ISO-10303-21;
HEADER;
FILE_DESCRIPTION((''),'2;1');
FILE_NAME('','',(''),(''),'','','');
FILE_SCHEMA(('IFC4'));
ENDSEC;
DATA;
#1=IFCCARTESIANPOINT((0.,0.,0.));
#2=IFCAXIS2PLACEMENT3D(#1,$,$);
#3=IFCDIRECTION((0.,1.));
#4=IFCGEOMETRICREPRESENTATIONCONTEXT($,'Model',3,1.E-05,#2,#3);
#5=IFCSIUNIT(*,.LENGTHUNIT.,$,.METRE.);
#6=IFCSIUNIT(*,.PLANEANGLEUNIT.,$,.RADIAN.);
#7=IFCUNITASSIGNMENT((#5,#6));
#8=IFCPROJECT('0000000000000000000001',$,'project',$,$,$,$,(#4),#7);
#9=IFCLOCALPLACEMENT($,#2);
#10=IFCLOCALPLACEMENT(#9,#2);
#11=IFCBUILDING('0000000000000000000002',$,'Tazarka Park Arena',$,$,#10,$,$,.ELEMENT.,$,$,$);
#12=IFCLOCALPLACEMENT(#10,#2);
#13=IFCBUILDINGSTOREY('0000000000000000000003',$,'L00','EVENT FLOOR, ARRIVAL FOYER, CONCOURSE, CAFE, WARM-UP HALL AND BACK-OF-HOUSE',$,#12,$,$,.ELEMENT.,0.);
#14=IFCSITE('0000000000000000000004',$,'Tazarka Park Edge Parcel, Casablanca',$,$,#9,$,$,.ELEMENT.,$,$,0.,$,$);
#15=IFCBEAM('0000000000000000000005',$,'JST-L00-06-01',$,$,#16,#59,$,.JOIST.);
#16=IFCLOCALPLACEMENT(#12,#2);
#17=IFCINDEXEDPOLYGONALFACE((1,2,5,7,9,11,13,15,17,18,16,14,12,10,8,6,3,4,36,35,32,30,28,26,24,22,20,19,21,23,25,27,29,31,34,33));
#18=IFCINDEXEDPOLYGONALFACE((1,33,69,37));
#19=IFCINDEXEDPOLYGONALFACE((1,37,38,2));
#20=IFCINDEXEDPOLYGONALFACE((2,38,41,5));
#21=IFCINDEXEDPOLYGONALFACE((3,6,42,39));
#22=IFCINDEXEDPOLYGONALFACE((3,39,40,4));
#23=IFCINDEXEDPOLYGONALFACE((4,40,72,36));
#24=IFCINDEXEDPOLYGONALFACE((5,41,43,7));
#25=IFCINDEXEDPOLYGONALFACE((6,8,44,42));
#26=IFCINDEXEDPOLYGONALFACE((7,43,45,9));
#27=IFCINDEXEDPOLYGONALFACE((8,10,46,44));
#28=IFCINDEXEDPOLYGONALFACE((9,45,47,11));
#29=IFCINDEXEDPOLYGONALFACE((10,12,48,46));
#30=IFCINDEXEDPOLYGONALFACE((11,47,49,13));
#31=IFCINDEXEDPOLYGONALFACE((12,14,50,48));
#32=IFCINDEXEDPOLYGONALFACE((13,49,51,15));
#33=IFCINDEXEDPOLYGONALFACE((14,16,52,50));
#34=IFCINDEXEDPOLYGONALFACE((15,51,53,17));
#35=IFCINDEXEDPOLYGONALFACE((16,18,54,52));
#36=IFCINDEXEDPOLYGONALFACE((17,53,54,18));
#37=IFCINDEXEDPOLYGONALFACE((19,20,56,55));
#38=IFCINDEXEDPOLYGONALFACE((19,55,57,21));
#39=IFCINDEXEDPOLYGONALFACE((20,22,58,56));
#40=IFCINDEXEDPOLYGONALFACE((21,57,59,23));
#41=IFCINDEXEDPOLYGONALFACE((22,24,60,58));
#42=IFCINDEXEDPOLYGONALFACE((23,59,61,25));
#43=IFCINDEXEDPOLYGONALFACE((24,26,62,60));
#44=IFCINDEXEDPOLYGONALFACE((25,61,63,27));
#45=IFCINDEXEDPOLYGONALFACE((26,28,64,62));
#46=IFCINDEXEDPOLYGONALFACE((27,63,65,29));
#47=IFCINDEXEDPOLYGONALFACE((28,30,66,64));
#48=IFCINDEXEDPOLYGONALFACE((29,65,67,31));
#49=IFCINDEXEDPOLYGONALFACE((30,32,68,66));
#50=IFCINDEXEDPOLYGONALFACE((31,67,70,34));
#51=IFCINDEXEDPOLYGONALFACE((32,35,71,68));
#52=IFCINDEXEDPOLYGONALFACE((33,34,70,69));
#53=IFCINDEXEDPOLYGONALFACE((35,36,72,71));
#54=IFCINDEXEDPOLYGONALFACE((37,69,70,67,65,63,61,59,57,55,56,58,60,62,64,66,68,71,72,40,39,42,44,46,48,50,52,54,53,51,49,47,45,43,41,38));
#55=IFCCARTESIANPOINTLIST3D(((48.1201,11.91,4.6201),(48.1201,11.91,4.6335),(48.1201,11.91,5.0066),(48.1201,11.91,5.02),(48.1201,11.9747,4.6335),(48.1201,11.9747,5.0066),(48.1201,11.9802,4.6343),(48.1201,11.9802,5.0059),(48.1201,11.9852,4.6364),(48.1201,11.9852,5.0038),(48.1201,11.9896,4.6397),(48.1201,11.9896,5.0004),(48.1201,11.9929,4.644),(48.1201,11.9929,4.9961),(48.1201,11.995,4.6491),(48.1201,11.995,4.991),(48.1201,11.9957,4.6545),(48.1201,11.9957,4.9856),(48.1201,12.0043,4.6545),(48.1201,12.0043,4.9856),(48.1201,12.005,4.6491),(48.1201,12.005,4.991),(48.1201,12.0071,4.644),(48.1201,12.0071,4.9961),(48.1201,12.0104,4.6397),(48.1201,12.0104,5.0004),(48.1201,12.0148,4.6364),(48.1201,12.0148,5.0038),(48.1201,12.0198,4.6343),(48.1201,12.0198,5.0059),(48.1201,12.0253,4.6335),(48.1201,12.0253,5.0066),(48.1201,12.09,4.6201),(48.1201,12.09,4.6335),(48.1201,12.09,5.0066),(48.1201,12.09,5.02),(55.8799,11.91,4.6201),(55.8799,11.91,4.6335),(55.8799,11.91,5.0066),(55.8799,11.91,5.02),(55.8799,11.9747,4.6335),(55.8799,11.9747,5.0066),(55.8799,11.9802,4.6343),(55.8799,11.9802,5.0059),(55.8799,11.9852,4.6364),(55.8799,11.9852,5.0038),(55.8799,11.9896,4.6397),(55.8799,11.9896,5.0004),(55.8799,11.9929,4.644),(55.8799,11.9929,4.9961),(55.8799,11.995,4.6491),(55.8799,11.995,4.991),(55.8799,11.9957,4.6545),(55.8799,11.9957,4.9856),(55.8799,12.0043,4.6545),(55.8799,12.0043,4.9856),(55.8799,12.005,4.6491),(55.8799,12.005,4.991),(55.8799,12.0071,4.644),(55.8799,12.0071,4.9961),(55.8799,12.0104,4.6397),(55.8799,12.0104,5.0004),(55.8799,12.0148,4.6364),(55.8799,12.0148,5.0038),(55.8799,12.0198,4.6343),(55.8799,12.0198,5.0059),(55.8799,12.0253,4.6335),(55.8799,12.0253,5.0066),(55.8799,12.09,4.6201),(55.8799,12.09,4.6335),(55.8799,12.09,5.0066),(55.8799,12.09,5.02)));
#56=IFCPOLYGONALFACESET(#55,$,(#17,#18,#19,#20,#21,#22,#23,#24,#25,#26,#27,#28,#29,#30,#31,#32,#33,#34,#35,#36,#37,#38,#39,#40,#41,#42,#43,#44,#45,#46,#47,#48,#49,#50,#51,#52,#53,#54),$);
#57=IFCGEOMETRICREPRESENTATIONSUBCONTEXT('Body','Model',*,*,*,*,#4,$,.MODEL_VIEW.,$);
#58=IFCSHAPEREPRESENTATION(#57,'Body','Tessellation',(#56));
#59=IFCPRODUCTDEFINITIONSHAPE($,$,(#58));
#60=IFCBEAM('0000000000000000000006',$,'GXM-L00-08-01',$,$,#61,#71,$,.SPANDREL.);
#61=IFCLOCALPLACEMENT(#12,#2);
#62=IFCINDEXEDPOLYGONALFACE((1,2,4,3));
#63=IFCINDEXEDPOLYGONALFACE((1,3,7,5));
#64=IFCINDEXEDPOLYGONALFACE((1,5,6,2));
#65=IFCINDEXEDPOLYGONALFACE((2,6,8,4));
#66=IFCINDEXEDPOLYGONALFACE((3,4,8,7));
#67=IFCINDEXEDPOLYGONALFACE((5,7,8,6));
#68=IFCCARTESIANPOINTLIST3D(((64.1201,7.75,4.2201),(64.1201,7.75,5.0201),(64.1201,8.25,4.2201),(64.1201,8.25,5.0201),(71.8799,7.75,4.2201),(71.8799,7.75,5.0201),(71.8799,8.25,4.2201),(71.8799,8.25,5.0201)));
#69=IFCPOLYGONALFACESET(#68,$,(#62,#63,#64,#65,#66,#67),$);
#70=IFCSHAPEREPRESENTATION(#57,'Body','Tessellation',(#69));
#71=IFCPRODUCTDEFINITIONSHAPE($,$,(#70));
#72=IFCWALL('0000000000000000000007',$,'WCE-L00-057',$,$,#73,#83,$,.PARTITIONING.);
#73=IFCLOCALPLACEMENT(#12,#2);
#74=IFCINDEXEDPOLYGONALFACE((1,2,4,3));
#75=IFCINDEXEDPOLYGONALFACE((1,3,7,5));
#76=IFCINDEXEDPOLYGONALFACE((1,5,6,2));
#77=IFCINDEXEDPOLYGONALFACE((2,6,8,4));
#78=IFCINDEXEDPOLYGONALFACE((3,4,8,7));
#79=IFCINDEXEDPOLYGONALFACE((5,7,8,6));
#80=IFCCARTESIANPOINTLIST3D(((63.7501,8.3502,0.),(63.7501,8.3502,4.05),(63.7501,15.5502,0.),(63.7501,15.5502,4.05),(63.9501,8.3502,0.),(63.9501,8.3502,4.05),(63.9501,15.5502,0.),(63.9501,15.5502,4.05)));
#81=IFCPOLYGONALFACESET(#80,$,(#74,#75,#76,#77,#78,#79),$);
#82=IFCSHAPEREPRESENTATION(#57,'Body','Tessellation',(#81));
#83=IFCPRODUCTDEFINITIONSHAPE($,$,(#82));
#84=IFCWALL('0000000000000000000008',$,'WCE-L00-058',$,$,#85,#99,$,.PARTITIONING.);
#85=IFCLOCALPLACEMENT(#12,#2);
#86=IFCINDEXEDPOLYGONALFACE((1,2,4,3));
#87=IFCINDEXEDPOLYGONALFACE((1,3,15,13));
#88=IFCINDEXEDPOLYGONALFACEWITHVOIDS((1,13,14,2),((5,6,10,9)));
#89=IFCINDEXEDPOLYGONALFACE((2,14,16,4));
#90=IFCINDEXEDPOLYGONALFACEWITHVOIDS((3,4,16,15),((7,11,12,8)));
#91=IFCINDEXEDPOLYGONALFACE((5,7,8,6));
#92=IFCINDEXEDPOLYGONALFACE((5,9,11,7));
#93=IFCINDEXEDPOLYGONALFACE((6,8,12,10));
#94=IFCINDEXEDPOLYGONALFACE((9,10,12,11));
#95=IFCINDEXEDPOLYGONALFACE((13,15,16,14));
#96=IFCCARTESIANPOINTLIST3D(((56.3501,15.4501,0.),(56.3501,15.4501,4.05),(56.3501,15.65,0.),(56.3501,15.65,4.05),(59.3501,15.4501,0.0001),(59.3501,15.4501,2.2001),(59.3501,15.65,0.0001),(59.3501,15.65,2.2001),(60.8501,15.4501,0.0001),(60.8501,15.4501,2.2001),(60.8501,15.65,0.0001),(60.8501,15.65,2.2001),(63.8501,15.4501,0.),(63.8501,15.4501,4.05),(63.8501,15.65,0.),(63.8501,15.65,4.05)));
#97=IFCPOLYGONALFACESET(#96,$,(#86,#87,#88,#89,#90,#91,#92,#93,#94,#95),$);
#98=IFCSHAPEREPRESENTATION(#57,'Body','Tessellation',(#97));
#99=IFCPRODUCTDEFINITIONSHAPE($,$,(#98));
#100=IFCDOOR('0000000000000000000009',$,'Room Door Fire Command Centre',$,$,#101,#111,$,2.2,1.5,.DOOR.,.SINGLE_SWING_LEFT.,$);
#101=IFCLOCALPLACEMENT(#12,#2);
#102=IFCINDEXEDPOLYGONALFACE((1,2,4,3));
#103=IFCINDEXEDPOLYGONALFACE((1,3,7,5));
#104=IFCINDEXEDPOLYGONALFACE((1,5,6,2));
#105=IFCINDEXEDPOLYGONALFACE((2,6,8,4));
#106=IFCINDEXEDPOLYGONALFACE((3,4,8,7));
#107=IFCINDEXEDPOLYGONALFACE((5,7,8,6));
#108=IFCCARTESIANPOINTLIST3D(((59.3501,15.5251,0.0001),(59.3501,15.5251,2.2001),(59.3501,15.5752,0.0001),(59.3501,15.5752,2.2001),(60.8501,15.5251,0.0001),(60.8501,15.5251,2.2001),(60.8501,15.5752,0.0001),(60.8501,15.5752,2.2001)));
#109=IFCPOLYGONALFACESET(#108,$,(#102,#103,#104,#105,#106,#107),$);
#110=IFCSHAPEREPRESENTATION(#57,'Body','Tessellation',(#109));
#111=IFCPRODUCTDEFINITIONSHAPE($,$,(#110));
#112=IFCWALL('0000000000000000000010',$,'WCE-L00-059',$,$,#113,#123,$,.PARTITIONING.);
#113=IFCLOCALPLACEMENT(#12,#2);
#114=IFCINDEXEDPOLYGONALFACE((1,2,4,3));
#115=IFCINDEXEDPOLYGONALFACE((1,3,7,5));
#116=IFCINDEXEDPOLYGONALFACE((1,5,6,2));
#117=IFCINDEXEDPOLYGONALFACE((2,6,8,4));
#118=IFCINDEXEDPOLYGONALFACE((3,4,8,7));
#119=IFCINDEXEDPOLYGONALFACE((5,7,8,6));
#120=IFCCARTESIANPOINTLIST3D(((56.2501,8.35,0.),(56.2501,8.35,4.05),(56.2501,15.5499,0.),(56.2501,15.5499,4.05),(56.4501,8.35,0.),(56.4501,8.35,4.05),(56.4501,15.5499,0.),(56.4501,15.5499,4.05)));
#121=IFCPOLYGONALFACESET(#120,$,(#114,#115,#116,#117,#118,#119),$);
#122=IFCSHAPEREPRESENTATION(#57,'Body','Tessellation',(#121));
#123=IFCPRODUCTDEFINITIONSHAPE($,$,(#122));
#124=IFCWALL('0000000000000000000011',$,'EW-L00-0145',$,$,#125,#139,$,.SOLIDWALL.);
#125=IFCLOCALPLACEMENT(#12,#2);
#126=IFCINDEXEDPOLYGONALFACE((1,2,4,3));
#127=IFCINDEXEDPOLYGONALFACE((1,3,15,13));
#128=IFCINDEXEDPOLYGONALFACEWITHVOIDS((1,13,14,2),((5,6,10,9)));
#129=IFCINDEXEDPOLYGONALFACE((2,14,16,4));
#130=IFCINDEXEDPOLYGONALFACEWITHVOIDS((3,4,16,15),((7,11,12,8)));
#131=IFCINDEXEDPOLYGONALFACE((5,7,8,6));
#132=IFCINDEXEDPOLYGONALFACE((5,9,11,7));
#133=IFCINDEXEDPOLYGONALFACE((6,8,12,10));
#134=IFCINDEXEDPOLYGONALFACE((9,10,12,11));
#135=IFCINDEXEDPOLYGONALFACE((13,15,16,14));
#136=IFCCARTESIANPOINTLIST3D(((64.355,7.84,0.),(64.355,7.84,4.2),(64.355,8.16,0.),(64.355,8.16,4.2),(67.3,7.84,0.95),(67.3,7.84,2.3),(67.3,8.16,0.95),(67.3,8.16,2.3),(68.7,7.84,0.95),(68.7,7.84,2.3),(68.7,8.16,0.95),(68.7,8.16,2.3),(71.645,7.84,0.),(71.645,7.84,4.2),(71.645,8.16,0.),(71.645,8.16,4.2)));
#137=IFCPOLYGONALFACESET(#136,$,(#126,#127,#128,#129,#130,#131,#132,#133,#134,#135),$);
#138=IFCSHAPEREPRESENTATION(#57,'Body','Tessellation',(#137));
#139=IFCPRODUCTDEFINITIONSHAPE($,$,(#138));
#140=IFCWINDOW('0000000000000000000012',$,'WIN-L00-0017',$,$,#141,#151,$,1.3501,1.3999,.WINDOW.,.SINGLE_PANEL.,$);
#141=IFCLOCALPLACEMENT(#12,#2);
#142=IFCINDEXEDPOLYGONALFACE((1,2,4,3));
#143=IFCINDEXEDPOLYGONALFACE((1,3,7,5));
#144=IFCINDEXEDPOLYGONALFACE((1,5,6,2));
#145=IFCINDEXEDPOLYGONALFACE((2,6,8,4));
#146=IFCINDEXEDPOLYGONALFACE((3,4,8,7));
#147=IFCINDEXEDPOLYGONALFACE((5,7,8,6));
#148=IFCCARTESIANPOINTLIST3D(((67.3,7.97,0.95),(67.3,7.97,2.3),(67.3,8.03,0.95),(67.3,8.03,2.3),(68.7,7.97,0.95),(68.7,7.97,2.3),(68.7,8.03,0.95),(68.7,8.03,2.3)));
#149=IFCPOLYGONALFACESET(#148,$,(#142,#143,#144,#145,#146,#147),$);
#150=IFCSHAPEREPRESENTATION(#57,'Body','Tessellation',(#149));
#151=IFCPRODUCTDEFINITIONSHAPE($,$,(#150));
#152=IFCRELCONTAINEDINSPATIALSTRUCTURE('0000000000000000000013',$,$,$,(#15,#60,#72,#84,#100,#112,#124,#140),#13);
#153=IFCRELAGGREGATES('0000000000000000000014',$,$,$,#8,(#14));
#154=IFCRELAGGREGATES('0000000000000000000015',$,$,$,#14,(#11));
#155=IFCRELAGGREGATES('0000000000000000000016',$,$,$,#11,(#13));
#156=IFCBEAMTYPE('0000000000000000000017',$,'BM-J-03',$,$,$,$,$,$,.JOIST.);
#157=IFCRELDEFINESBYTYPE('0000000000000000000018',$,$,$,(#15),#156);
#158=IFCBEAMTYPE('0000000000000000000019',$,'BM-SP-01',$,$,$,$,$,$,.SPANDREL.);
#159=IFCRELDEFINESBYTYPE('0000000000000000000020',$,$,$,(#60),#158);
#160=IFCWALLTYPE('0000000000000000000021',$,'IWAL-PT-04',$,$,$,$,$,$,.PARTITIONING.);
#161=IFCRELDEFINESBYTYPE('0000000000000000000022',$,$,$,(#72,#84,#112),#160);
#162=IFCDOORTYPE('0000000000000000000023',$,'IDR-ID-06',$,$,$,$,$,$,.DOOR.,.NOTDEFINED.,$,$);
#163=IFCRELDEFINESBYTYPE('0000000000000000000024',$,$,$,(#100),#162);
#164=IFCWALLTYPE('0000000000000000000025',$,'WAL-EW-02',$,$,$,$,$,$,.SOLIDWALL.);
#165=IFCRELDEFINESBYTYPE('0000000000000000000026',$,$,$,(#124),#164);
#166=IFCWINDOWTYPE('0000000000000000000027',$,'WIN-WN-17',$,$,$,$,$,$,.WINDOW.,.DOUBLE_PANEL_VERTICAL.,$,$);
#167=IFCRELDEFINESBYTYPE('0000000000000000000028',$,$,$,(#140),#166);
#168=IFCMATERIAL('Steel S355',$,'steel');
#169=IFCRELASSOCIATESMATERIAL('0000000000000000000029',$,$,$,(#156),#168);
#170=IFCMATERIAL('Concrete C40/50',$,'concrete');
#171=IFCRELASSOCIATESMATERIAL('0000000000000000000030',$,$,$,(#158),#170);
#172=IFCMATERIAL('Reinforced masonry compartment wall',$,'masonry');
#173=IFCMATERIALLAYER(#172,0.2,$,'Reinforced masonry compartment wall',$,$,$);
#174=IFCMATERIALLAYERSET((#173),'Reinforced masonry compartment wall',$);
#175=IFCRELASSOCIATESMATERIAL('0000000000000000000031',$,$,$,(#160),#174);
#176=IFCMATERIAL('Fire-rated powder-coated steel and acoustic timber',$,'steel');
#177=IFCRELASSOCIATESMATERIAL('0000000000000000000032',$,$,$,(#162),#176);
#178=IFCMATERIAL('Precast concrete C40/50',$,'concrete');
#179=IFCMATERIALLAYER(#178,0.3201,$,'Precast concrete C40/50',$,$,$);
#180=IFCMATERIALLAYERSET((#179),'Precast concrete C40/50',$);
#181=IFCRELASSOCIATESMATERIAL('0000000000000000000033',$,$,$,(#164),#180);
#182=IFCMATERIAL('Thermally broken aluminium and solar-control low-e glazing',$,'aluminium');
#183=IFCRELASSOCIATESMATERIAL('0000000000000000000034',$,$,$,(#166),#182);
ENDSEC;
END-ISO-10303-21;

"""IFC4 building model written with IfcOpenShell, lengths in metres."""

from ifc_helpers import new_model, si_unit, direction, frame, frame_2d, origin, origin_2d, place, context, subcontext, project, spatial, rectangle, i_section, extrude, material, layer, layer_set, material_profile, profile_set, type_object, element, fill, save


model = new_model("IFC4")

# Units and contexts
model_context = context("Model", 3, precision=1e-05, world=origin(), true_north=direction((0.0, 1.0)))
body_context = subcontext(model_context, "Body", "Model", "MODEL_VIEW")
ifc_project = project(units=[si_unit("LENGTHUNIT", "METRE"), si_unit("PLANEANGLEUNIT", "RADIAN")], contexts=[model_context])

# Site, building, storey
site_placement = place(None, origin())
site = spatial("IfcSite", under=ifc_project, at=site_placement, Name="Tazarka Park Edge Parcel, Casablanca", CompositionType="ELEMENT", RefElevation=0.0)
building_placement = place(site_placement, origin())
building = spatial("IfcBuilding", under=site, at=building_placement, Name="Tazarka Park Arena", CompositionType="ELEMENT")
storey_placement = place(building_placement, origin())
storey = spatial("IfcBuildingStorey", under=building, at=storey_placement, Name="L00", Description="EVENT FLOOR, ARRIVAL FOYER, CONCOURSE, CAFE, WARM-UP HALL AND BACK-OF-HOUSE", CompositionType="ELEMENT", Elevation=0.0)

# Beams
ifc_material_1 = material(Name="Steel S355", Category="steel")
ifc_material_profile_1 = material_profile(ifc_material_1, i_section(OverallWidth=0.1799, OverallDepth=0.3999, WebThickness=0.0085, FlangeThickness=0.0134, FilletRadius=0.021, at=origin_2d()), Name="Steel S355")
ifc_profile_set_1 = profile_set([ifc_material_profile_1], Name="Steel S355")
beam_type_1 = type_object("IfcBeamType", Name="BM-J-03", PredefinedType="JOIST", material=ifc_profile_set_1)
beam_1_placement = place(storey_placement, frame((48.1201, 12.0, 4.8201), z_axis=(1.0, 0.0, 0.0), x_axis=(0.0, 1.0, 0.0)))
element("IfcBeam", 1, at=beam_1_placement, inside=storey, type_object=beam_type_1, Name="JST-L00-06-01", PredefinedType="JOIST", context=body_context, shape_type="SweptSolid", body=[
    extrude(i_section(OverallWidth=0.1799, OverallDepth=0.3999, WebThickness=0.0085, FlangeThickness=0.0134, FilletRadius=0.021, at=origin_2d()), origin(), (0.0, 0.0, 1.0), 7.7598),
])
ifc_material_2 = material(Name="Concrete C40/50", Category="concrete")
ifc_material_profile_2 = material_profile(ifc_material_2, rectangle(XDim=0.5, YDim=0.8, at=origin_2d()), Name="Concrete C40/50")
ifc_profile_set_2 = profile_set([ifc_material_profile_2], Name="Concrete C40/50")
beam_type_2 = type_object("IfcBeamType", Name="BM-SP-01", PredefinedType="SPANDREL", material=ifc_profile_set_2)
beam_2_placement = place(storey_placement, frame((64.1201, 8.0, 4.6201), z_axis=(1.0, 0.0, 0.0), x_axis=(0.0, 1.0, 0.0)))
element("IfcBeam", 2, at=beam_2_placement, inside=storey, type_object=beam_type_2, Name="GXM-L00-08-01", PredefinedType="SPANDREL", context=body_context, shape_type="SweptSolid", body=[
    extrude(rectangle(XDim=0.5, YDim=0.8, at=origin_2d()), origin(), (0.0, 0.0, 1.0), 7.7598),
])

# Wall
ifc_material_3 = material(Name="Reinforced masonry compartment wall", Category="masonry")
ifc_layer_1 = layer(ifc_material_3, 0.2, Name="Reinforced masonry compartment wall")
ifc_layer_set_1 = layer_set([ifc_layer_1], Name="Reinforced masonry compartment wall")
wall_type_1 = type_object("IfcWallType", Name="IWAL-PT-04", PredefinedType="PARTITIONING", material=ifc_layer_set_1)
wall_1_placement = place(storey_placement, frame((63.8501, 8.3501, 0.0), z_axis=(0.0, 0.0, 1.0), x_axis=(0.0, 1.0, 0.0)))
element("IfcWall", 3, at=wall_1_placement, inside=storey, type_object=wall_type_1, Name="WCE-L00-057", PredefinedType="PARTITIONING", context=body_context, shape_type="SweptSolid", body=[
    extrude(rectangle(XDim=7.2, YDim=0.2, at=frame_2d((3.6001, 0.0))), origin(), (0.0, 0.0, 1.0), 4.05),
])

# Wall, opening, door
wall_2_placement = place(storey_placement, frame((63.8501, 15.55, 0.0), z_axis=(0.0, 0.0, 1.0), x_axis=(-1.0, 0.0, 0.0)))
wall_2 = element("IfcWall", 4, at=wall_2_placement, inside=storey, type_object=wall_type_1, Name="WCE-L00-058", PredefinedType="PARTITIONING", context=body_context, shape_type="SweptSolid", body=[
    extrude(rectangle(XDim=7.5, YDim=0.2, at=frame_2d((3.75, 0.0))), origin(), (0.0, 0.0, 1.0), 4.05),
])
opening_1_placement = place(wall_2_placement, frame((3.0, 0.0, 0.0)))
opening_1 = element("IfcOpeningElement", 5, at=opening_1_placement, cuts=wall_2, PredefinedType="OPENING", context=body_context, shape_type="SweptSolid", body=[
    extrude(rectangle(XDim=1.5, YDim=2.2, at=frame_2d((0.75, 1.1001))), frame((0.0, 0.1099, 0.0), z_axis=(0.0, -1.0, 0.0), x_axis=(1.0, 0.0, 0.0)), (0.0, 0.0, 1.0), 0.22),
])
ifc_material_4 = material(Name="Fire-rated powder-coated steel and acoustic timber", Category="steel")
door_type = type_object("IfcDoorType", Name="IDR-ID-06", OperationType="NOTDEFINED", PredefinedType="DOOR", material=ifc_material_4)
door_placement = place(opening_1_placement, origin())
door = element("IfcDoor", 6, at=door_placement, inside=storey, type_object=door_type, Name="Room Door Fire Command Centre", OperationType="SINGLE_SWING_LEFT", OverallHeight=2.2, OverallWidth=1.5, PredefinedType="DOOR", context=body_context, shape_type="SweptSolid", body=[
    extrude(rectangle(XDim=1.5, YDim=2.2, at=frame_2d((0.75, 1.1001))), frame((0.0, 0.0249, 0.0), z_axis=(0.0, -1.0, 0.0), x_axis=(1.0, 0.0, 0.0)), (0.0, 0.0, 1.0), 0.05),
])
fill(opening_1, door)

# Wall
wall_3_placement = place(storey_placement, frame((56.3501, 15.55, 0.0), z_axis=(0.0, 0.0, 1.0), x_axis=(0.0, -1.0, 0.0)))
element("IfcWall", 7, at=wall_3_placement, inside=storey, type_object=wall_type_1, Name="WCE-L00-059", PredefinedType="PARTITIONING", context=body_context, shape_type="SweptSolid", body=[
    extrude(rectangle(XDim=7.2, YDim=0.2, at=frame_2d((3.6001, 0.0))), origin(), (0.0, 0.0, 1.0), 4.05),
])

# Wall, opening, window
ifc_material_5 = material(Name="Precast concrete C40/50", Category="concrete")
ifc_layer_2 = layer(ifc_material_5, 0.3201, Name="Precast concrete C40/50")
ifc_layer_set_2 = layer_set([ifc_layer_2], Name="Precast concrete C40/50")
wall_type_2 = type_object("IfcWallType", Name="WAL-EW-02", PredefinedType="SOLIDWALL", material=ifc_layer_set_2)
wall_4_placement = place(storey_placement, frame((71.645, 8.0, 0.0), z_axis=(0.0, 0.0, 1.0), x_axis=(-1.0, 0.0, 0.0)))
wall_4 = element("IfcWall", 8, at=wall_4_placement, inside=storey, type_object=wall_type_2, Name="EW-L00-0145", PredefinedType="SOLIDWALL", context=body_context, shape_type="SweptSolid", body=[
    extrude(rectangle(XDim=7.29, YDim=0.3201, at=frame_2d((3.645, 0.0))), origin(), (0.0, 0.0, 1.0), 4.2),
])
opening_2_placement = place(wall_4_placement, frame((2.9451, 0.0, 0.95)))
opening_2 = element("IfcOpeningElement", 9, at=opening_2_placement, cuts=wall_4, PredefinedType="OPENING", context=body_context, shape_type="SweptSolid", body=[
    extrude(rectangle(XDim=1.3999, YDim=1.3501, at=frame_2d((0.7, 0.675))), frame((0.0, 0.1699, 0.0), z_axis=(0.0, -1.0, 0.0), x_axis=(1.0, 0.0, 0.0)), (0.0, 0.0, 1.0), 0.3401),
])
ifc_material_6 = material(Name="Thermally broken aluminium and solar-control low-e glazing", Category="aluminium")
window_type = type_object("IfcWindowType", Name="WIN-WN-17", PartitioningType="DOUBLE_PANEL_VERTICAL", PredefinedType="WINDOW", material=ifc_material_6)
window_placement = place(opening_2_placement, origin())
window = element("IfcWindow", 10, at=window_placement, inside=storey, type_object=window_type, Name="WIN-L00-0017", OverallHeight=1.3501, OverallWidth=1.3999, PartitioningType="SINGLE_PANEL", PredefinedType="WINDOW", context=body_context, shape_type="SweptSolid", body=[
    extrude(rectangle(XDim=1.3999, YDim=1.3501, at=frame_2d((0.7, 0.675))), frame((0.0, 0.03, 0.0), z_axis=(0.0, -1.0, 0.0), x_axis=(1.0, 0.0, 0.0)), (0.0, 0.0, 1.0), 0.0601),
])
fill(opening_2, window)

save(model, "model.ifc")
